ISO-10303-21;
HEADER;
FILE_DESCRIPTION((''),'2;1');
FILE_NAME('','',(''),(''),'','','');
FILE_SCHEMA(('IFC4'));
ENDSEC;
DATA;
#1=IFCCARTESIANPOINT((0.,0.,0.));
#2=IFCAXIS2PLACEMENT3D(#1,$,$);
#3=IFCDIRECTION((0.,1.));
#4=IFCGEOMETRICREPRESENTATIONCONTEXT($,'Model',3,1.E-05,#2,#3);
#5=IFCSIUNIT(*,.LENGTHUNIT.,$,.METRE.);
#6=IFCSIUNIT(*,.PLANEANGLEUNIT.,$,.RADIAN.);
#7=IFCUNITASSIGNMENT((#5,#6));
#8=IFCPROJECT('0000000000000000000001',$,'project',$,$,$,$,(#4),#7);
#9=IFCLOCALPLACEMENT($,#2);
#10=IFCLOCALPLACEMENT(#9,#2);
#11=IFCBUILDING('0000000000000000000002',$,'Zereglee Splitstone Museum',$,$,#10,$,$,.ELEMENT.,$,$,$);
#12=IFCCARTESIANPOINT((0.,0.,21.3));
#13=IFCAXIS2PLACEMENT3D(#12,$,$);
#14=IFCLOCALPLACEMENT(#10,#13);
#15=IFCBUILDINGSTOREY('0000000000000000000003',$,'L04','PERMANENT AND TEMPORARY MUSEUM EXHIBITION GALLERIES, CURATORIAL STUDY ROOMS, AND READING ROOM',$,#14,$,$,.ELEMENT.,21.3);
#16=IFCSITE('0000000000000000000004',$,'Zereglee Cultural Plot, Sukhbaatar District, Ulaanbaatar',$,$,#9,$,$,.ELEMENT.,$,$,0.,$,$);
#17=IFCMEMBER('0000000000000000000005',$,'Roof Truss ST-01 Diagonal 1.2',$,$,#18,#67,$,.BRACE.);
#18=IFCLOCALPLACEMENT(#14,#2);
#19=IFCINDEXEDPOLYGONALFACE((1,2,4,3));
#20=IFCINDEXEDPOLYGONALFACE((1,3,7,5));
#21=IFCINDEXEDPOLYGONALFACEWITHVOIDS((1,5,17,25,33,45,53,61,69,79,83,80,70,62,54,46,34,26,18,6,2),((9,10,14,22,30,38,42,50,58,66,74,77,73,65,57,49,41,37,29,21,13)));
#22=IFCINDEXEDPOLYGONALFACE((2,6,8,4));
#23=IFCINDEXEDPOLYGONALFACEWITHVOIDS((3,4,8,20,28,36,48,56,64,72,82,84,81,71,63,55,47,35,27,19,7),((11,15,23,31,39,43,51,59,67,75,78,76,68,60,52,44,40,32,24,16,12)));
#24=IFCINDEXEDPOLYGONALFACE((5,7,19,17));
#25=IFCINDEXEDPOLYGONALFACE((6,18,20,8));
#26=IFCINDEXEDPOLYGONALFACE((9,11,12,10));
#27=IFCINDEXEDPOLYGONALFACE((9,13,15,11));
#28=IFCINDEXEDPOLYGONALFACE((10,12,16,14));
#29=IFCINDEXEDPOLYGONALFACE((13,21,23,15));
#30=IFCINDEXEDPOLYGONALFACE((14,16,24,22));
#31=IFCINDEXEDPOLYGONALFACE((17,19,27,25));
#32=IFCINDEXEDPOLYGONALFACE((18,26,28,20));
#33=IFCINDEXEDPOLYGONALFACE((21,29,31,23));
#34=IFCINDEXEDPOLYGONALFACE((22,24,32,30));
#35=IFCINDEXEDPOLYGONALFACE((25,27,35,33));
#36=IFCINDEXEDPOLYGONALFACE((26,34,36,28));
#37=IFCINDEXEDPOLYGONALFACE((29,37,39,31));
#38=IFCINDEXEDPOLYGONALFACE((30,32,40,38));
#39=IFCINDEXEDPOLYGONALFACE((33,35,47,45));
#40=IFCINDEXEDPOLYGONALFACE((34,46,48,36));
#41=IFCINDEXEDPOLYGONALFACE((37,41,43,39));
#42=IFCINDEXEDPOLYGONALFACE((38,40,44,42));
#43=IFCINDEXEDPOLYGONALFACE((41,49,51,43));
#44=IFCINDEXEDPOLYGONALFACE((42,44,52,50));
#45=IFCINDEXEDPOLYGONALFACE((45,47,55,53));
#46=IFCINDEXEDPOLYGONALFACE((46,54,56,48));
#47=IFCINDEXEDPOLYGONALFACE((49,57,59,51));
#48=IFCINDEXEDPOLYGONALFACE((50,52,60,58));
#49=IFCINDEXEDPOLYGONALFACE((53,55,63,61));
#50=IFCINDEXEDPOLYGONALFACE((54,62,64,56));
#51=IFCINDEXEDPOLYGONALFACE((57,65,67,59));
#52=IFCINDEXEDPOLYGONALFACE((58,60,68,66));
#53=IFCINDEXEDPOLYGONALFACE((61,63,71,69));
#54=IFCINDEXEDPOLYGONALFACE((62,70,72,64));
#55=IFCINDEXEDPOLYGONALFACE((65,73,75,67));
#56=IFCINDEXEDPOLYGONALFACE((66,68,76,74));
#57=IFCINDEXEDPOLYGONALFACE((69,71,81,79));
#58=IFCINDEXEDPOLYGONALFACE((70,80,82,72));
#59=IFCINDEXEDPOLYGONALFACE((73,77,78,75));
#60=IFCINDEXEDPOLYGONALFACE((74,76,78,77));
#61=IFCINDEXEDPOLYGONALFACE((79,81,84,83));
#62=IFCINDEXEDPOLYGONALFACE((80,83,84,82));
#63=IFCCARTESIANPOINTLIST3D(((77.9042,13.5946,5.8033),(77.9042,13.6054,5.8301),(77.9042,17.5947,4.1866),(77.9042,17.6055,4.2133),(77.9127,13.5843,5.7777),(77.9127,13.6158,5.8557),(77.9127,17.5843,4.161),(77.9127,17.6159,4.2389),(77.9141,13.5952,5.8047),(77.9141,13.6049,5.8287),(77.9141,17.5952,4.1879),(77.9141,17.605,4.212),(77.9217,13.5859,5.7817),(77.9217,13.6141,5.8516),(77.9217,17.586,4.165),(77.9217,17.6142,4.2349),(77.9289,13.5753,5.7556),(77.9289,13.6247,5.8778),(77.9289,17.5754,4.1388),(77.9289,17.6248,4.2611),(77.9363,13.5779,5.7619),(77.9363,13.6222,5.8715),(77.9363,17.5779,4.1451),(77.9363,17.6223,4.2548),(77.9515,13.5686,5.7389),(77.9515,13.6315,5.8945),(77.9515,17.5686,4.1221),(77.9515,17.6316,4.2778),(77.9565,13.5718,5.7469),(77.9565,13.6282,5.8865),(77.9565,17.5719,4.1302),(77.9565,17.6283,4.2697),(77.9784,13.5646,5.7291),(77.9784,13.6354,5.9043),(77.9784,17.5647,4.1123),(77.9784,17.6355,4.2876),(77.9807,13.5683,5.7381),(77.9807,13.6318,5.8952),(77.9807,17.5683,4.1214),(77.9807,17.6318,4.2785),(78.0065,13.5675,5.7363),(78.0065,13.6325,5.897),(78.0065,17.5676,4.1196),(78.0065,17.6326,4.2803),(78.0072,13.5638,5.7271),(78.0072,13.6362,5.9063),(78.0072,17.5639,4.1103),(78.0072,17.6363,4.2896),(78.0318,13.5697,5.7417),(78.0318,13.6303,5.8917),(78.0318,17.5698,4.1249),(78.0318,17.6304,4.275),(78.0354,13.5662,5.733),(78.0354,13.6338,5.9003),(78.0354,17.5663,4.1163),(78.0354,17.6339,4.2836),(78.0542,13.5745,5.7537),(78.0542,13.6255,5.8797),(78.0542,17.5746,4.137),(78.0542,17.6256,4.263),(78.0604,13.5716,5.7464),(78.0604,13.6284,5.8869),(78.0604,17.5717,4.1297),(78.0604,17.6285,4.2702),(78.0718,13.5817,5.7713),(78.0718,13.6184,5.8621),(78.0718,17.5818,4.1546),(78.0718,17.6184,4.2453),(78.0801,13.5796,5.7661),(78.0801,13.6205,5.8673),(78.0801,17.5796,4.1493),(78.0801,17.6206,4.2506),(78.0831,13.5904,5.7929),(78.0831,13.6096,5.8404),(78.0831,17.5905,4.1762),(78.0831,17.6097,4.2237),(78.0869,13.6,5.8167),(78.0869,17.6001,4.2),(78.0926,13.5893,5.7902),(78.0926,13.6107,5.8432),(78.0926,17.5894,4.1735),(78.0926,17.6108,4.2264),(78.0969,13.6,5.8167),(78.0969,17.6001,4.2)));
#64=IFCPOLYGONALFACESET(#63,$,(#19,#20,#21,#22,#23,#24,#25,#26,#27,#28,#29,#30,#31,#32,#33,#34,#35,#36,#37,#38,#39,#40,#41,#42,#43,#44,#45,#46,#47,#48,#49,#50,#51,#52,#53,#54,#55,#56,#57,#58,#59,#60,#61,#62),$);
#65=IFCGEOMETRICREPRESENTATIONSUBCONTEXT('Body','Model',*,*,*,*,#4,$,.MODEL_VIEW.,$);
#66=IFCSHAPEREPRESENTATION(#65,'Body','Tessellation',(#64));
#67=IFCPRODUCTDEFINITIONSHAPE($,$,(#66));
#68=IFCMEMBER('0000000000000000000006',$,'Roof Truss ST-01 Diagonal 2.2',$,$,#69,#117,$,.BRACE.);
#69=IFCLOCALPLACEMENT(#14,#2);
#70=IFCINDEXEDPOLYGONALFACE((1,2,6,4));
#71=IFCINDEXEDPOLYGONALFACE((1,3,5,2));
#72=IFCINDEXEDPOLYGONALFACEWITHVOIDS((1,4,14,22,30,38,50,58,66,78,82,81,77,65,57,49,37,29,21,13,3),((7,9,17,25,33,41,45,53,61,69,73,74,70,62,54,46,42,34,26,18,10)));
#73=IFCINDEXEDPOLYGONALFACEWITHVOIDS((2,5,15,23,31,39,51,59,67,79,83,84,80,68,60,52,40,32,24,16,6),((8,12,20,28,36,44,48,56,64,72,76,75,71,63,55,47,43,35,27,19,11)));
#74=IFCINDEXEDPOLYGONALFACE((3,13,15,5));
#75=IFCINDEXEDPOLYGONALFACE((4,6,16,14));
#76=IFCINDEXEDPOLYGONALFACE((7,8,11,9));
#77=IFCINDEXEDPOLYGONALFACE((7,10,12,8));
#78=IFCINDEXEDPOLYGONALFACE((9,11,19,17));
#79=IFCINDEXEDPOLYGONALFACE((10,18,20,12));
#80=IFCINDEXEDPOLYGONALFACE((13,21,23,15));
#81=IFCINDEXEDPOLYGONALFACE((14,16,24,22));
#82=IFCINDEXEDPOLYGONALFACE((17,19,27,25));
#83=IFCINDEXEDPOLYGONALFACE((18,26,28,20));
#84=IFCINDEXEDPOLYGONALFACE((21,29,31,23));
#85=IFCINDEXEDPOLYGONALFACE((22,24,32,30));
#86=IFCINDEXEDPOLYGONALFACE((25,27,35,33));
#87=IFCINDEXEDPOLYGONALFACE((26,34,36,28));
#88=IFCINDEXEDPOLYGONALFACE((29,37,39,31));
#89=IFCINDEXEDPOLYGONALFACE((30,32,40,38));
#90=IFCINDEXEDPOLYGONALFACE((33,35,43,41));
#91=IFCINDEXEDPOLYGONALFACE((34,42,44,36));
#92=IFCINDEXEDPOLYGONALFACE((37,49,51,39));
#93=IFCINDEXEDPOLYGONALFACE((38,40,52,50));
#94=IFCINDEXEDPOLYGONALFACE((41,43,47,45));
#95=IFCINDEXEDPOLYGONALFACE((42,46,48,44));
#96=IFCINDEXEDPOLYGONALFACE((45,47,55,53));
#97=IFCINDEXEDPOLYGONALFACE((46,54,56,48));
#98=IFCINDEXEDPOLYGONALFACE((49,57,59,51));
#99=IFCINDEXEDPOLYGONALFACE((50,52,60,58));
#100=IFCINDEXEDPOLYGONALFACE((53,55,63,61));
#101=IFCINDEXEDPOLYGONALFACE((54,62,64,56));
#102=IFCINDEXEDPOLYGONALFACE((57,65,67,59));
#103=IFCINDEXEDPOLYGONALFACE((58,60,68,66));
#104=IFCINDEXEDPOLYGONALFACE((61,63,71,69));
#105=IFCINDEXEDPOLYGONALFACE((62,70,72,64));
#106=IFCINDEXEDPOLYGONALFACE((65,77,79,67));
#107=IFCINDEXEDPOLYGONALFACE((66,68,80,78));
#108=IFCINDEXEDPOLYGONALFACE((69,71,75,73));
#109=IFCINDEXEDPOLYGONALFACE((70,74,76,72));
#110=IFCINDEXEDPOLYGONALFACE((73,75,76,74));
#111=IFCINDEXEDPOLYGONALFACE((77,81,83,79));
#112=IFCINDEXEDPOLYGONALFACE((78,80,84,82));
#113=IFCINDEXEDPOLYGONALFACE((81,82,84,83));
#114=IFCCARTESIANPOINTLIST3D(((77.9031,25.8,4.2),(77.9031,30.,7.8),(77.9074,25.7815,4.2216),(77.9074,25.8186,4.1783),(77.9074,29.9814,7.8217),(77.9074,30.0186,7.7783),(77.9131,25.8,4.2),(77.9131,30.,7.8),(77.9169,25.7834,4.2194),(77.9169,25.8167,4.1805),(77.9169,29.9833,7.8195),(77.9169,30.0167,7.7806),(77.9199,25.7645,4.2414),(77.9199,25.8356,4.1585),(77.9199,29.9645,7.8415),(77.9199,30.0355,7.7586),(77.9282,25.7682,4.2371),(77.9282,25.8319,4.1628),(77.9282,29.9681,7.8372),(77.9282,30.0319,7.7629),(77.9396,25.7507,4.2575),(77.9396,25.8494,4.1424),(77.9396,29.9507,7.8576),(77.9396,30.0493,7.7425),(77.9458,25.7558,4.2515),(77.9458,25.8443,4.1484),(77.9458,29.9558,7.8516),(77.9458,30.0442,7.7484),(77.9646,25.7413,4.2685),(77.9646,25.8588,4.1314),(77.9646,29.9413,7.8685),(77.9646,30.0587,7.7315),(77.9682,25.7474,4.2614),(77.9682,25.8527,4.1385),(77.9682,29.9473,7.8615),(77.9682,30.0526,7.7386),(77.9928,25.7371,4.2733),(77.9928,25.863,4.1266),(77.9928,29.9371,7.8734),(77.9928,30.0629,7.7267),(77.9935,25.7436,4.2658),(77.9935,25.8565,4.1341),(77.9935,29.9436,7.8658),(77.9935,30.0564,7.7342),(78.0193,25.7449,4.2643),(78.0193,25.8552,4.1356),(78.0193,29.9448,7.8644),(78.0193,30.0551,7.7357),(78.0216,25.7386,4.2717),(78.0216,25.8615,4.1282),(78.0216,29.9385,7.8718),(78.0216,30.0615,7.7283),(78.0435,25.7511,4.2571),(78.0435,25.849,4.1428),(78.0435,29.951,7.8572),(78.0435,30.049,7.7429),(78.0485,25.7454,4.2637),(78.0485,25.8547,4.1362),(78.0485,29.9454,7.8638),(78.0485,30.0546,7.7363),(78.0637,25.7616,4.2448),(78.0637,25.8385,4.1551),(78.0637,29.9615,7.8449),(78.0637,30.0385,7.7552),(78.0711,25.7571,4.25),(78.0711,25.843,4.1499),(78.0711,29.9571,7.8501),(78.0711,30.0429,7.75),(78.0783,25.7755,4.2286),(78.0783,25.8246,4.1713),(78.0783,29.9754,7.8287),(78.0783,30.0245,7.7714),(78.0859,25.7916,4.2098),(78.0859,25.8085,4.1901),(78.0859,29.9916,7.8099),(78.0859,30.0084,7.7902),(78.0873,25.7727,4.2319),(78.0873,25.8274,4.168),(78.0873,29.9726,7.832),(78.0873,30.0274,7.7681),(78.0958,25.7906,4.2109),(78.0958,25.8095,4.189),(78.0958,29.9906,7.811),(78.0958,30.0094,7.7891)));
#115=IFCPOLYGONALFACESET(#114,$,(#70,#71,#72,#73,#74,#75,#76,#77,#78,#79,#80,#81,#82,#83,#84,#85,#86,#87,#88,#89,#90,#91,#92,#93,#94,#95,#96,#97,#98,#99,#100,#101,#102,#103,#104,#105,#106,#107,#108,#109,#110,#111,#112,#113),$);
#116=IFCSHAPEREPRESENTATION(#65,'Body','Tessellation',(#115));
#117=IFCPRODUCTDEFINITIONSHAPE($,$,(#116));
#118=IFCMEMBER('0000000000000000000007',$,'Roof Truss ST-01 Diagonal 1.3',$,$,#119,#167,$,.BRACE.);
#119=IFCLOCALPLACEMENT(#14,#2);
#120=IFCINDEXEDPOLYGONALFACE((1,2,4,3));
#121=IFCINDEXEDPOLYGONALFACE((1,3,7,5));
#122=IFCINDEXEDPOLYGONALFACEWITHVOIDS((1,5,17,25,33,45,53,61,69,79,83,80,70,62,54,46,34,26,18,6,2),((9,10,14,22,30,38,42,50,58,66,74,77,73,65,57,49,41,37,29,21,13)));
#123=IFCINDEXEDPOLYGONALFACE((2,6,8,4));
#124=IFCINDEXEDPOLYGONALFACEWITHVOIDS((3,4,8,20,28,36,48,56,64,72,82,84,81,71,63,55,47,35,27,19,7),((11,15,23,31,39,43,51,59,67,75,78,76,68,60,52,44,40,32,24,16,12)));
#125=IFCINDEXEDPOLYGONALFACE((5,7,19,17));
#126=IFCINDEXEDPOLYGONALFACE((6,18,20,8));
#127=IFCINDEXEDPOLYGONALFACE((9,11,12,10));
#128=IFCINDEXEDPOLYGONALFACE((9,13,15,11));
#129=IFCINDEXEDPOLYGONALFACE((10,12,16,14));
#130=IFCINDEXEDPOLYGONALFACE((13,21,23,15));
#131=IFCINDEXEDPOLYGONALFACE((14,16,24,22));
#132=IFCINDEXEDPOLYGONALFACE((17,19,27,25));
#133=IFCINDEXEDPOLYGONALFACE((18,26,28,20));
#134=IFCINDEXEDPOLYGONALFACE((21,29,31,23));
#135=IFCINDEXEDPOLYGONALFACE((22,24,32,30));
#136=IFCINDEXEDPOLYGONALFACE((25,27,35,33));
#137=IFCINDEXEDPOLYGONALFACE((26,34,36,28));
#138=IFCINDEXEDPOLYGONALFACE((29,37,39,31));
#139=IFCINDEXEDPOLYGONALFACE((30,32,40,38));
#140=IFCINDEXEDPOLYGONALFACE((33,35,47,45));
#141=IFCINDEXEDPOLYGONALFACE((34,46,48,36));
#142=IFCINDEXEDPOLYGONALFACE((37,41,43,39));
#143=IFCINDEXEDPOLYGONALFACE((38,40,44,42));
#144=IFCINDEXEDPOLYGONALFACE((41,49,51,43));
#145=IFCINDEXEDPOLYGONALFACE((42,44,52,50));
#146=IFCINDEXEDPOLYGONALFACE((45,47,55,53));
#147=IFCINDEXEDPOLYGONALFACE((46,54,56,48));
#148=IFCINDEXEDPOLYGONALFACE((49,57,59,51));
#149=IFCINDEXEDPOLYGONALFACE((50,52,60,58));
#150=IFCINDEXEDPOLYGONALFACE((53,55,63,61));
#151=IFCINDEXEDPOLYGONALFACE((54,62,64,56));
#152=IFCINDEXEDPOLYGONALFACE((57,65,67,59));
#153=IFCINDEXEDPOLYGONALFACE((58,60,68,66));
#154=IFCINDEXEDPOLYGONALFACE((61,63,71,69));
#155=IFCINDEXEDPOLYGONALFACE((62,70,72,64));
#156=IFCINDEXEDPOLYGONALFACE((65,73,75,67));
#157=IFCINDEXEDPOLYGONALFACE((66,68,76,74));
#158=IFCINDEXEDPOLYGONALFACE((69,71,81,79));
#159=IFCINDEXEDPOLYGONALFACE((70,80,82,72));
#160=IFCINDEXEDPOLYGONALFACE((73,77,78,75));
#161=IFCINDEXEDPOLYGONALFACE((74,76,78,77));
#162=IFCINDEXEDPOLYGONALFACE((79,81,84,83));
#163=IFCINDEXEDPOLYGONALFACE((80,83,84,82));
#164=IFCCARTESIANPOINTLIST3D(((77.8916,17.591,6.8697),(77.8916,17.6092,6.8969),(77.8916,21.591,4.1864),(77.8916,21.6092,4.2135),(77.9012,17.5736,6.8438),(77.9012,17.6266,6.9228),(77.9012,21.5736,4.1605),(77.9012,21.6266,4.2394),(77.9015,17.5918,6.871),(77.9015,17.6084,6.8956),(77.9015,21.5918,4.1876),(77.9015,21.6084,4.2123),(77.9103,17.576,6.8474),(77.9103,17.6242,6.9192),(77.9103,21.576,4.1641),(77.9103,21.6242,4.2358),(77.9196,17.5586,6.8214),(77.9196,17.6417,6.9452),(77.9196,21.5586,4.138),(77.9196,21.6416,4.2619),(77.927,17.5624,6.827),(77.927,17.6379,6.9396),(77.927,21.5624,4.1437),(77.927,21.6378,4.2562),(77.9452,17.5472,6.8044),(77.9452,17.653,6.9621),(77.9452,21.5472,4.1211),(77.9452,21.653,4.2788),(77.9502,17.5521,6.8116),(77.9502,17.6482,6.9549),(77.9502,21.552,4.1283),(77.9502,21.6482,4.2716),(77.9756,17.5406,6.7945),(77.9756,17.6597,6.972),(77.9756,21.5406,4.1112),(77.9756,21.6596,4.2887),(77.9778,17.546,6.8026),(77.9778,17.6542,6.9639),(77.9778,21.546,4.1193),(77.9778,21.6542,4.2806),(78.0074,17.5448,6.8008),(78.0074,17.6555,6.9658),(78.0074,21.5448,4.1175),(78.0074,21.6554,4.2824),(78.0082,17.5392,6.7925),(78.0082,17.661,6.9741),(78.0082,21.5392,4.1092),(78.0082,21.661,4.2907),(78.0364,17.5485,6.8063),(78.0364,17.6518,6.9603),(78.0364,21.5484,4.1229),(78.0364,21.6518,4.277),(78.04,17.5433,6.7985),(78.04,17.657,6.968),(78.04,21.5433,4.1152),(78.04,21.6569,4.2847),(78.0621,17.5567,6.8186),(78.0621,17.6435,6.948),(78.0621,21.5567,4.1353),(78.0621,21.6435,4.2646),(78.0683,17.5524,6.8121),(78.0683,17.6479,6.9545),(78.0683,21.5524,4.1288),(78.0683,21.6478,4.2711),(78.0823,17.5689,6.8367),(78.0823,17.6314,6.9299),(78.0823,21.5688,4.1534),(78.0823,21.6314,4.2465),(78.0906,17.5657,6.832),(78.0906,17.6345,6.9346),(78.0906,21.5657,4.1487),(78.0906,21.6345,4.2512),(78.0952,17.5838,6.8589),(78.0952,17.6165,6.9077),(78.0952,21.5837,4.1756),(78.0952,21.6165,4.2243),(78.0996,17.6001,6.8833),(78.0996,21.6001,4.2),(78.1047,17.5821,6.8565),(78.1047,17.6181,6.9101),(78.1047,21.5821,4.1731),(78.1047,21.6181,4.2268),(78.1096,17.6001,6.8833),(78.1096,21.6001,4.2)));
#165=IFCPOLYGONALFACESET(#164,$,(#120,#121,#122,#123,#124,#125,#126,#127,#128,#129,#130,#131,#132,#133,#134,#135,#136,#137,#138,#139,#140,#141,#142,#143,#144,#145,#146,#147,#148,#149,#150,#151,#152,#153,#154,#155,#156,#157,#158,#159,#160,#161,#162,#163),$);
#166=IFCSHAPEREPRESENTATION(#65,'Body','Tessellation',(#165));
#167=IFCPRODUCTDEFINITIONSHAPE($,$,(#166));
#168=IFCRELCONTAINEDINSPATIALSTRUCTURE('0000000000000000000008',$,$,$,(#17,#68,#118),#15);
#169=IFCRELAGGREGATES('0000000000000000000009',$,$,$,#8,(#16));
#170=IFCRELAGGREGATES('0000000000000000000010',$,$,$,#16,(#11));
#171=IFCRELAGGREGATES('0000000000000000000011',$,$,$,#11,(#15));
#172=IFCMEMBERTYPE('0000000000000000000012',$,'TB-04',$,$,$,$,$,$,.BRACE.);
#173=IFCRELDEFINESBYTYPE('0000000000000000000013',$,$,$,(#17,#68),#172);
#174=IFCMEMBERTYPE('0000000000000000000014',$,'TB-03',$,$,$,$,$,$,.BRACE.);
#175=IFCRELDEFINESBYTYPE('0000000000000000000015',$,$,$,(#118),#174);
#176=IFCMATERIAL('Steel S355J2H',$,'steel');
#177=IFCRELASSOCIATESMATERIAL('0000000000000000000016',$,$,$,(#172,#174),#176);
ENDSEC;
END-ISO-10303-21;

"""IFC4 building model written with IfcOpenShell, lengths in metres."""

from ifc_helpers import new_model, si_unit, direction, frame, origin, origin_2d, place, context, subcontext, project, spatial, hollow_circle, extrude, material, material_profile, profile_set, type_object, element, save


model = new_model("IFC4")

# Units and contexts
model_context = context("Model", 3, precision=1e-05, world=origin(), true_north=direction((0.0, 1.0)))
body_context = subcontext(model_context, "Body", "Model", "MODEL_VIEW")
ifc_project = project(units=[si_unit("LENGTHUNIT", "METRE"), si_unit("PLANEANGLEUNIT", "RADIAN")], contexts=[model_context])

# Site, building, storey
site_placement = place(None, origin())
site = spatial("IfcSite", under=ifc_project, at=site_placement, Name="Zereglee Cultural Plot, Sukhbaatar District, Ulaanbaatar", CompositionType="ELEMENT", RefElevation=0.0)
building_placement = place(site_placement, origin())
building = spatial("IfcBuilding", under=site, at=building_placement, Name="Zereglee Splitstone Museum", CompositionType="ELEMENT")
storey_placement = place(building_placement, frame((0.0, 0.0, 21.3)))
storey = spatial("IfcBuildingStorey", under=building, at=storey_placement, Name="L04", Description="PERMANENT AND TEMPORARY MUSEUM EXHIBITION GALLERIES, CURATORIAL STUDY ROOMS, AND READING ROOM", CompositionType="ELEMENT", Elevation=21.3)

# Members
ifc_material_1 = material(Name="Steel S355J2H", Category="steel")
ifc_material_profile_1 = material_profile(ifc_material_1, hollow_circle(Radius=0.0969, WallThickness=0.01, at=origin_2d()), Name="CHS 193.7x10")
ifc_profile_set_1 = profile_set([ifc_material_profile_1], Name="Steel S355J2H")
member_type_1 = type_object("IfcMemberType", Name="TB-04", PredefinedType="BRACE", material=ifc_profile_set_1)
member_1_placement = place(storey_placement, frame((78.0, 17.6001, 4.2), z_axis=(0.0, -0.927136, 0.374725), x_axis=(1.0, 0.0, 0.0)))
element("IfcMember", 1, at=member_1_placement, inside=storey, type_object=member_type_1, Name="Roof Truss ST-01 Diagonal 1.2", PredefinedType="BRACE", context=body_context, shape_type="SweptSolid", body=[
    extrude(hollow_circle(Radius=0.0969, WallThickness=0.01, at=origin_2d()), origin(), (0.0, 0.0, 1.0), 4.3145),
])
member_2_placement = place(storey_placement, frame((78.0, 25.8, 4.2), z_axis=(0.0, 0.759244, 0.650806), x_axis=(-1.0, 0.0, 0.0)))
element("IfcMember", 2, at=member_2_placement, inside=storey, type_object=member_type_1, Name="Roof Truss ST-01 Diagonal 2.2", PredefinedType="BRACE", context=body_context, shape_type="SweptSolid", body=[
    extrude(hollow_circle(Radius=0.0969, WallThickness=0.01, at=origin_2d()), origin(), (0.0, 0.0, 1.0), 5.5317),
])
ifc_material_profile_2 = material_profile(ifc_material_1, hollow_circle(Radius=0.1096, WallThickness=0.01, at=origin_2d()), Name="CHS 219.1x10")
ifc_profile_set_2 = profile_set([ifc_material_profile_2], Name="Steel S355J2H")
member_type_2 = type_object("IfcMemberType", Name="TB-03", PredefinedType="BRACE", material=ifc_profile_set_2)
member_3_placement = place(storey_placement, frame((78.0, 21.6001, 4.2), z_axis=(0.0, -0.830448, 0.557096), x_axis=(1.0, 0.0, 0.0)))
element("IfcMember", 3, at=member_3_placement, inside=storey, type_object=member_type_2, Name="Roof Truss ST-01 Diagonal 1.3", PredefinedType="BRACE", context=body_context, shape_type="SweptSolid", body=[
    extrude(hollow_circle(Radius=0.1096, WallThickness=0.01, at=origin_2d()), origin(), (0.0, 0.0, 1.0), 4.8167),
])

save(model, "model.ifc")
